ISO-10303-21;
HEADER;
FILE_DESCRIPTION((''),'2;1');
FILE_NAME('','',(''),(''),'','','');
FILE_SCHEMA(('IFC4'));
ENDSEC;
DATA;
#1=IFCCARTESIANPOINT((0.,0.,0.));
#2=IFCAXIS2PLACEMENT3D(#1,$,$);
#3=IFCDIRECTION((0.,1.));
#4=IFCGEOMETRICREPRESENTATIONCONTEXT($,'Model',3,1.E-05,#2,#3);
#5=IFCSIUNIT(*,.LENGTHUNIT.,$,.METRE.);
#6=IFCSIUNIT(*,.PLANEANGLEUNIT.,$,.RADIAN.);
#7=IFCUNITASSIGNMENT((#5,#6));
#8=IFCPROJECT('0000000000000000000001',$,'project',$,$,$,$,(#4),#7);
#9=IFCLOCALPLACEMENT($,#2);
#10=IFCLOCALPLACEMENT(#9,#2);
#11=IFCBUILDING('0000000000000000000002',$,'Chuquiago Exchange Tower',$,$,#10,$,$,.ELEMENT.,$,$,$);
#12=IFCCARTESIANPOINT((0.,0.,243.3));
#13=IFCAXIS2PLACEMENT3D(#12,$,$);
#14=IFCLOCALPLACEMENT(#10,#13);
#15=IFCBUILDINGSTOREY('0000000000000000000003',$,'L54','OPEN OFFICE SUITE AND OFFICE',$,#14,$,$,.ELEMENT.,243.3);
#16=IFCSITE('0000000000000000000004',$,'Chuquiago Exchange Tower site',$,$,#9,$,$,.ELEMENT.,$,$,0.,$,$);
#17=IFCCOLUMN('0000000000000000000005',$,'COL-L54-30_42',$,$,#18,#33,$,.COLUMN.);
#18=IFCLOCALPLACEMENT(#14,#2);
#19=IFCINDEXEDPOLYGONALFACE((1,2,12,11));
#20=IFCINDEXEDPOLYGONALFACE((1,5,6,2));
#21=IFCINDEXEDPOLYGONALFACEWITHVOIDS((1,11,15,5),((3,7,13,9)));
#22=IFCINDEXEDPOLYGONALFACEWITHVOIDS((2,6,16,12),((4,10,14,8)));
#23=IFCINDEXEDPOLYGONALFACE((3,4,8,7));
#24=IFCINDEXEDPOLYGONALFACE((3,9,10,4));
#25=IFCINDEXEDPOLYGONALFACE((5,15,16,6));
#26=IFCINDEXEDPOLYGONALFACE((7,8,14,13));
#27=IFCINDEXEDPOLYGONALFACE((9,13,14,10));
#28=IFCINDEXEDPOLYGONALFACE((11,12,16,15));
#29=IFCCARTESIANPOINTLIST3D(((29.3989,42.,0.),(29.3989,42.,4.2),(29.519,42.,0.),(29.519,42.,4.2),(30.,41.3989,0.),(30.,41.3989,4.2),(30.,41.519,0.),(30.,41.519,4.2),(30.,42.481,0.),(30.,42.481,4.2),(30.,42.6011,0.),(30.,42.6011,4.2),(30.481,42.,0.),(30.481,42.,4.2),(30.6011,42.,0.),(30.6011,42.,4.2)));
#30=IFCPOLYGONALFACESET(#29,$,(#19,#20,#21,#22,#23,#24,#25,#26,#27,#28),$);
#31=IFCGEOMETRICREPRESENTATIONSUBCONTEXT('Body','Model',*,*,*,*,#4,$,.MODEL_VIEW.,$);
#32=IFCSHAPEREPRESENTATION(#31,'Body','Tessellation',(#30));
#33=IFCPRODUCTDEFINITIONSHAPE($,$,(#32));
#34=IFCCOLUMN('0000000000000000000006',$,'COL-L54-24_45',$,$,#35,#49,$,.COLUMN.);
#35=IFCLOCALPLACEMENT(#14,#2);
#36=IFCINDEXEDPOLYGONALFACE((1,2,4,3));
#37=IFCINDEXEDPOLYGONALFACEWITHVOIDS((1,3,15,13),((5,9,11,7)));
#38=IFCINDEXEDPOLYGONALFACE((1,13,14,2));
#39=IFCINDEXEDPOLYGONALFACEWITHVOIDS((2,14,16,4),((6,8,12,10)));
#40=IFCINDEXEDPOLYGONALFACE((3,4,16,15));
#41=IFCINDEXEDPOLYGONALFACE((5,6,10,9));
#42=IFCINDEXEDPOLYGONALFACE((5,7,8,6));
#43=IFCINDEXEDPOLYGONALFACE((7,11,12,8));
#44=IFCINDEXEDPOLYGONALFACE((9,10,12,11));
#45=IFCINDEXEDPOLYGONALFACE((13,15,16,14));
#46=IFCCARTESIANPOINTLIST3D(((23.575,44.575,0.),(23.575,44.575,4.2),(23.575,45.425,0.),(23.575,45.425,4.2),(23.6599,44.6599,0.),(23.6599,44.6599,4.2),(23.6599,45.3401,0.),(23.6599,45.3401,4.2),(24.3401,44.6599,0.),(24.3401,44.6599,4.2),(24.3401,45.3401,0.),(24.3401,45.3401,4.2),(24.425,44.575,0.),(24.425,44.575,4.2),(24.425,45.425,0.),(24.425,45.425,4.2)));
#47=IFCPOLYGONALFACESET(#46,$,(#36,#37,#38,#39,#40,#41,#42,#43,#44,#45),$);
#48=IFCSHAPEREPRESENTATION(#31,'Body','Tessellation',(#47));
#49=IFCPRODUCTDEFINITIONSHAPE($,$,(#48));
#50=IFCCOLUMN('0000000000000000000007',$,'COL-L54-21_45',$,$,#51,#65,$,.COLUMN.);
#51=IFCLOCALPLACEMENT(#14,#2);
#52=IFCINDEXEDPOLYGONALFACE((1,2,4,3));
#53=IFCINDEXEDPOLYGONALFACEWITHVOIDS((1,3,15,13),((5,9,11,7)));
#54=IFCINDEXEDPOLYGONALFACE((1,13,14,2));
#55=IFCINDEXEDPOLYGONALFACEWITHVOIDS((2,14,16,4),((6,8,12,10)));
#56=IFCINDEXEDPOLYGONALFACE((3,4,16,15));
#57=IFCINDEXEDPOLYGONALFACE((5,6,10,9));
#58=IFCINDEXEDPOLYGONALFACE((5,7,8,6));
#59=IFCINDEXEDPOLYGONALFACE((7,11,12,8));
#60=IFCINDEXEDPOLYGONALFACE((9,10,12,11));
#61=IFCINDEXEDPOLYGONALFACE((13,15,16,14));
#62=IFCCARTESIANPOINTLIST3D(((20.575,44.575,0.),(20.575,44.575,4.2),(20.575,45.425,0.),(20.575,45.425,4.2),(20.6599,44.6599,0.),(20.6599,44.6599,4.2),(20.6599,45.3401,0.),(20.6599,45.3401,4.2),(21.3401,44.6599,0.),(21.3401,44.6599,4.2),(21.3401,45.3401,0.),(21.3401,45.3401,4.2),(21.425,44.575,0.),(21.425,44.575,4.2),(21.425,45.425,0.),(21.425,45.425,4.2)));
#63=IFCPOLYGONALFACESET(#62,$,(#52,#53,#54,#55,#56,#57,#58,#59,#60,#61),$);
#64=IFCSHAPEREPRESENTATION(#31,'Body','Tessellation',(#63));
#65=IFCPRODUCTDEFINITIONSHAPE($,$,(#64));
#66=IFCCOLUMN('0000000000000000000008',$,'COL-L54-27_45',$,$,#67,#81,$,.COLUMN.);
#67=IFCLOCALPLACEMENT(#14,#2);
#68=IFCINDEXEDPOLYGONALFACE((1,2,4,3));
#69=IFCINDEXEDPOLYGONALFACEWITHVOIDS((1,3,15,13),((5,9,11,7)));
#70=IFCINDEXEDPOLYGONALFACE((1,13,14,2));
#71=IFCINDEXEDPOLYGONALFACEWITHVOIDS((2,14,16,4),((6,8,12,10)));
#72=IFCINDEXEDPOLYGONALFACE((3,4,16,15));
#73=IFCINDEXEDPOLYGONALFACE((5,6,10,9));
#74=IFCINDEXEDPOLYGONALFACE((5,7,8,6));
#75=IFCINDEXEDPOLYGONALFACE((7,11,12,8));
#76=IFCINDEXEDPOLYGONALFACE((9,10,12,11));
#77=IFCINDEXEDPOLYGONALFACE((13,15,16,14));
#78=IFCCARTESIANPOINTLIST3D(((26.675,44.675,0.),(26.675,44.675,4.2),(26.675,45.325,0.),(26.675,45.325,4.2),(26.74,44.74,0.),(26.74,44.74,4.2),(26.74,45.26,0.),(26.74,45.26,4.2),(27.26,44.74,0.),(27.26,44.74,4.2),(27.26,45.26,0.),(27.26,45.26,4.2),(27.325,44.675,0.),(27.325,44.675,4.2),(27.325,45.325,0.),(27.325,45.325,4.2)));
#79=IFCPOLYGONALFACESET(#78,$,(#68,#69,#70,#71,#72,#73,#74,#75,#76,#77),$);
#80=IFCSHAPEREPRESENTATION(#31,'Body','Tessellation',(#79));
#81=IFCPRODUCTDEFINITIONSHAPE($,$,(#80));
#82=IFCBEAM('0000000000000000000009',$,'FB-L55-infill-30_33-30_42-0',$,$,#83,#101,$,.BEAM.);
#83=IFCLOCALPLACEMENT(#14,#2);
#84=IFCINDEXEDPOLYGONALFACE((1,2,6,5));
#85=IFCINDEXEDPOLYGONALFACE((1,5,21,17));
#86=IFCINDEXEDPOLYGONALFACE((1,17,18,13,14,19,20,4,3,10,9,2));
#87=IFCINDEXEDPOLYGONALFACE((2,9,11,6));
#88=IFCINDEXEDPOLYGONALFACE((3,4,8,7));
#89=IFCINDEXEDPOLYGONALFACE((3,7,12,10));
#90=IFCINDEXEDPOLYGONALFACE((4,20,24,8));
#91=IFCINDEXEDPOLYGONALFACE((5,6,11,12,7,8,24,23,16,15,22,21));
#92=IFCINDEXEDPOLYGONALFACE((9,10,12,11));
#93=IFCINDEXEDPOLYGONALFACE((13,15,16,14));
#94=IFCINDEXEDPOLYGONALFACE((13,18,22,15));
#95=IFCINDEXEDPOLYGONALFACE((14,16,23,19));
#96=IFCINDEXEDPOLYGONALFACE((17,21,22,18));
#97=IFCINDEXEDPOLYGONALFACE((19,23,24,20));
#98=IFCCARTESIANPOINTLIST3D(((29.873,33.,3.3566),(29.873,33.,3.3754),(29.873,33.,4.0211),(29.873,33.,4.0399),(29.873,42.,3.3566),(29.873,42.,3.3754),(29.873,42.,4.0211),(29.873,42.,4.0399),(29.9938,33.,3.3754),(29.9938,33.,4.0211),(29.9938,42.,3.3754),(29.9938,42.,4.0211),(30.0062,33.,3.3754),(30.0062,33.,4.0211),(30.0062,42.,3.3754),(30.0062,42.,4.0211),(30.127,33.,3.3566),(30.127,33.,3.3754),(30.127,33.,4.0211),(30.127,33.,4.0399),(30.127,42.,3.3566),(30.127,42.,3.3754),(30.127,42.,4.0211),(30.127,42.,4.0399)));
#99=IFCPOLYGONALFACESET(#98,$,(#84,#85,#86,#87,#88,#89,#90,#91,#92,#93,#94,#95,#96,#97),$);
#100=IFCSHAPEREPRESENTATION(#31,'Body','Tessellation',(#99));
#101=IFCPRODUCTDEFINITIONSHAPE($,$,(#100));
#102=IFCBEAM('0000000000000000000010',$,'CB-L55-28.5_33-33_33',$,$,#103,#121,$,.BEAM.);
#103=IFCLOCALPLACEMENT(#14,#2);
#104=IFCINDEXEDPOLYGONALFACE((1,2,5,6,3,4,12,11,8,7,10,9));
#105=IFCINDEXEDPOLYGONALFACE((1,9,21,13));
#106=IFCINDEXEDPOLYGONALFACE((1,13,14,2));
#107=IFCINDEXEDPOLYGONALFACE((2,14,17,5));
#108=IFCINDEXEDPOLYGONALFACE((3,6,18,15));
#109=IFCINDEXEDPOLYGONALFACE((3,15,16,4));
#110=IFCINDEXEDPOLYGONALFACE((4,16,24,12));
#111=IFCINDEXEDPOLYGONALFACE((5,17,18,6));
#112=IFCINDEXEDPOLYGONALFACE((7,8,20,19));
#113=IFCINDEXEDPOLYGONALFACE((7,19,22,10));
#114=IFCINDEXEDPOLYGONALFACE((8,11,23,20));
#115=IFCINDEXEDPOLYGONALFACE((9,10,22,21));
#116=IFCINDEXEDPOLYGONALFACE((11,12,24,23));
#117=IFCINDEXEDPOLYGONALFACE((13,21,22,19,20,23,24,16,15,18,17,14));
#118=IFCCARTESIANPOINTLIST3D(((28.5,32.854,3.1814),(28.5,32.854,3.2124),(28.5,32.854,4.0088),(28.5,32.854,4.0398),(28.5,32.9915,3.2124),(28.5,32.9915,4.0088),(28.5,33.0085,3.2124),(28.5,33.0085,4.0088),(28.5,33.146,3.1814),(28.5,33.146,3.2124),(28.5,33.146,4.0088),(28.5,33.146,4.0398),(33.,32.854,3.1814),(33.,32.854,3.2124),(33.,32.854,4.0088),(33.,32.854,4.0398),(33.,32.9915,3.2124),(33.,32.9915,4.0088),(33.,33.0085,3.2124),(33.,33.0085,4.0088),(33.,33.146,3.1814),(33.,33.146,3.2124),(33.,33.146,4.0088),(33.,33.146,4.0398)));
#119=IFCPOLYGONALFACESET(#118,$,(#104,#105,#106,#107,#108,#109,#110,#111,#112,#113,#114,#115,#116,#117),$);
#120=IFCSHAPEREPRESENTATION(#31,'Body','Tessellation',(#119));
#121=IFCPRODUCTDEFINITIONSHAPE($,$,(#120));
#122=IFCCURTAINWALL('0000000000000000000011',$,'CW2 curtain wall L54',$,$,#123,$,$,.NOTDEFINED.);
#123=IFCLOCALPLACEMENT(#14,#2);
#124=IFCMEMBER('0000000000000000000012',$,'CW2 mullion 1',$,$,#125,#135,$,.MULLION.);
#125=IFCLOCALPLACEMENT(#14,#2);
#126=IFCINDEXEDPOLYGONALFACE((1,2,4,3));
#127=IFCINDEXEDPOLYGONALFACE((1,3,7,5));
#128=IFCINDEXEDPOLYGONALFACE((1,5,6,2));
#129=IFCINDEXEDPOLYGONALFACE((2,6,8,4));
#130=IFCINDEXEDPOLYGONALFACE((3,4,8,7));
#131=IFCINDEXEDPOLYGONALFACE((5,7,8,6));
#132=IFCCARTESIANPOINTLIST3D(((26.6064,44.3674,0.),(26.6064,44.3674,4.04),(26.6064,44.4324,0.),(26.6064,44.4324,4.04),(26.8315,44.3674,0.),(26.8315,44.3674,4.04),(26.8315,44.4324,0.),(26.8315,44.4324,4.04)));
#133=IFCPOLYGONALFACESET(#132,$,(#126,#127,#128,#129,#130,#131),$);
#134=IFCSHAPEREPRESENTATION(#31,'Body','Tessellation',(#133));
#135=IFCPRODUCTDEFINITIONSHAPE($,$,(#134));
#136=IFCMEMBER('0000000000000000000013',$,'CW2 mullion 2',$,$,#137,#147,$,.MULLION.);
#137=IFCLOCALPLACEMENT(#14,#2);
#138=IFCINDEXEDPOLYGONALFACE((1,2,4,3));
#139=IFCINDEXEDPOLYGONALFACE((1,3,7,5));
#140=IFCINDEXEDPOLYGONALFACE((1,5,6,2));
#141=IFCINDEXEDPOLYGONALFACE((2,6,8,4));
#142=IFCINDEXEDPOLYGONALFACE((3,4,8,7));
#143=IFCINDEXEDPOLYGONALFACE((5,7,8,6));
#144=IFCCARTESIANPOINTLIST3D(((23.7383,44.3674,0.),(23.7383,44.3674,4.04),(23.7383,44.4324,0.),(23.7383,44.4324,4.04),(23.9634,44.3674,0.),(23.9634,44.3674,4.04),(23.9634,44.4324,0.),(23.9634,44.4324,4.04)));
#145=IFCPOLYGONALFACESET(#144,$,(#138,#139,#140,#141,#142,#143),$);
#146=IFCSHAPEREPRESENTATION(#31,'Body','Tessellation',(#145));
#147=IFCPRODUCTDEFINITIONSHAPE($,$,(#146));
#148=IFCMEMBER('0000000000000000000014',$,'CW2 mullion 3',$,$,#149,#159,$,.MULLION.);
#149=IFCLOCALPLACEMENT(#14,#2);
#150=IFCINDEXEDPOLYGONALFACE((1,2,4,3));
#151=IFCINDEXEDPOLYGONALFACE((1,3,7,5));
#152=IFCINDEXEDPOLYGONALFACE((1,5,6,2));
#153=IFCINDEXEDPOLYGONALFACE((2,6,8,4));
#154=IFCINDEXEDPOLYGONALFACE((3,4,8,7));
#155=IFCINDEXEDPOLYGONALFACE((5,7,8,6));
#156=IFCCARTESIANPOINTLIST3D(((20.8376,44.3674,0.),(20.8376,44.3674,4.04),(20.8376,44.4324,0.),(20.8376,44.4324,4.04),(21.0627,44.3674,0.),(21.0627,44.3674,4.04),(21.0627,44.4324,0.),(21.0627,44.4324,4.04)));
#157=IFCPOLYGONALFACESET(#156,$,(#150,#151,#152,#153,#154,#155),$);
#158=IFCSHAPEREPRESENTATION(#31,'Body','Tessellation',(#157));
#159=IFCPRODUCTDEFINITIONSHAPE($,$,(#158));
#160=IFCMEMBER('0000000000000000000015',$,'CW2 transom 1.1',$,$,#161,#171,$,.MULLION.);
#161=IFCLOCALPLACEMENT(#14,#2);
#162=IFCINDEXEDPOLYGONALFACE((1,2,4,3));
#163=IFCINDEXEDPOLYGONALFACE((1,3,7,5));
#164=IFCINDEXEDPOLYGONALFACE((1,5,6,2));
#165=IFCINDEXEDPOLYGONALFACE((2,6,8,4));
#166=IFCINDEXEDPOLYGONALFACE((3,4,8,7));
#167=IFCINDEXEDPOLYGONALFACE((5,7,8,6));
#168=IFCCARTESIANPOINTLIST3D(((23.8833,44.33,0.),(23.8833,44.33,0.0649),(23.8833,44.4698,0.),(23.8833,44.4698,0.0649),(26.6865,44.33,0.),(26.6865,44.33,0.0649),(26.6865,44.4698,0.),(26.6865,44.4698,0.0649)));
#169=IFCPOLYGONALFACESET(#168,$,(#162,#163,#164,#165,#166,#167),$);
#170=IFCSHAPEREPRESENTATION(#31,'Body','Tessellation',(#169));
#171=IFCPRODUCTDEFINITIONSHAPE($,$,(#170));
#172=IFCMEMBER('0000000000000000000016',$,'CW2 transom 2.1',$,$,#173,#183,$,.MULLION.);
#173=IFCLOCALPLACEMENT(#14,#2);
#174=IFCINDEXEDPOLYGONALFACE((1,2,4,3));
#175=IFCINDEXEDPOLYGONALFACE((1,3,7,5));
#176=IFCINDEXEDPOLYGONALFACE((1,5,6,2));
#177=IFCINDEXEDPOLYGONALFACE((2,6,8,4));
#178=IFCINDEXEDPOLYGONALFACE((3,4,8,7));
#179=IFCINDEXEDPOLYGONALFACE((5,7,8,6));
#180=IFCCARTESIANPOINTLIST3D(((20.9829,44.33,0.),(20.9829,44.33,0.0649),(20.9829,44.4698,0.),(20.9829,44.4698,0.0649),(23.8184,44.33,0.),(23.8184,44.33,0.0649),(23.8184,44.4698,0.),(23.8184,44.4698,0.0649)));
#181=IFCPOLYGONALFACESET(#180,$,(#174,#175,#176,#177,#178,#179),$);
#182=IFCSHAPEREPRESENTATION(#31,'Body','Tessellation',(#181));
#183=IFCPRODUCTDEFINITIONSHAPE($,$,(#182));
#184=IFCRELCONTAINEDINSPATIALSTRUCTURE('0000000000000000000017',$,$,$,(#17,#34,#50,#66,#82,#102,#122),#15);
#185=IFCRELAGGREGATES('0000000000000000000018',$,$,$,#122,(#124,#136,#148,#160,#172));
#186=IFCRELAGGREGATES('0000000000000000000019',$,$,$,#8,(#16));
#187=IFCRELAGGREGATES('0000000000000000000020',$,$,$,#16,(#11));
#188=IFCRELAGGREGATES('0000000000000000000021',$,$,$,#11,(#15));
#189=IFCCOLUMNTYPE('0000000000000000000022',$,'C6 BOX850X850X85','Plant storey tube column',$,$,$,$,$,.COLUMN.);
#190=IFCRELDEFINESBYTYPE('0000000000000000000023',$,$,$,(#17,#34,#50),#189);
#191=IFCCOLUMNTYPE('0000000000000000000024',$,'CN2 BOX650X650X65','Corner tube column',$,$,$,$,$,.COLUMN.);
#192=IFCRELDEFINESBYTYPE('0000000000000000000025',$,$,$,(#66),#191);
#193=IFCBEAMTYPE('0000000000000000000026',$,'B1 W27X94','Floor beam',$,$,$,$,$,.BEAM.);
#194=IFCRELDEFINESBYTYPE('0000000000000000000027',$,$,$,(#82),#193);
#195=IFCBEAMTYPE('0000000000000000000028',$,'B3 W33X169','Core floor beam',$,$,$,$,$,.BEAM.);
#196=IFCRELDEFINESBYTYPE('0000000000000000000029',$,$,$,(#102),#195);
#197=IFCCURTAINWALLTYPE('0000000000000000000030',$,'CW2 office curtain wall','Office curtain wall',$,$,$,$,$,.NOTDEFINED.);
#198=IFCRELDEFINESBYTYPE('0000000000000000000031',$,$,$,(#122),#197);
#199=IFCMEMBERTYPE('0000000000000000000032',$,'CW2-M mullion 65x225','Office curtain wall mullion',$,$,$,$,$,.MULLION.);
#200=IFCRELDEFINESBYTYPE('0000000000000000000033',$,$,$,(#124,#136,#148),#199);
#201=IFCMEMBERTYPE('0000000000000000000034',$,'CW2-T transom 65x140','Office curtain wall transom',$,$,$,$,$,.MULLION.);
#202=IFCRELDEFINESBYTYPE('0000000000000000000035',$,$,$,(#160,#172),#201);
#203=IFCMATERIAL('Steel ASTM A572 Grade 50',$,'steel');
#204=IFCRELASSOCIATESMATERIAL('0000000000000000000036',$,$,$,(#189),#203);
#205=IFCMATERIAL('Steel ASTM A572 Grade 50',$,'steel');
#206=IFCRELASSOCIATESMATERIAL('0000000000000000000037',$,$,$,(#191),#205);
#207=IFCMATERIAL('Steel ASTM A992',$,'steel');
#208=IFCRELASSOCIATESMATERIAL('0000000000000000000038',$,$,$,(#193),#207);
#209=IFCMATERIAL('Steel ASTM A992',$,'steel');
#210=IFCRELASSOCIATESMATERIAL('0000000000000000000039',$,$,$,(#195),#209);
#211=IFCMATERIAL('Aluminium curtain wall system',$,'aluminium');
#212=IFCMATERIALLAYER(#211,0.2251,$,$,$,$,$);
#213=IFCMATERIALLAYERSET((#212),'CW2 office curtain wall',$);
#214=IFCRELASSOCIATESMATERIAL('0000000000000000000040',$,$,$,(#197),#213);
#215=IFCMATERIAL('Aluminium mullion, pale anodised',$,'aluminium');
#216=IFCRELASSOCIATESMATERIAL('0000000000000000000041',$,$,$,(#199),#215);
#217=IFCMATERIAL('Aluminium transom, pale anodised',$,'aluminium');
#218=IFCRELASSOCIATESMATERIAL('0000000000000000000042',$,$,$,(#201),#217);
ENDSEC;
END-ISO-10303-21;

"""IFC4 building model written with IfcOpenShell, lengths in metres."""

from ifc_helpers import new_model, si_unit, direction, frame, origin, origin_2d, place, context, subcontext, project, spatial, rectangle, hollow_rectangle, i_section, extrude, material, layer, layer_set, material_profile, profile_set, type_object, element, aggregate, save


model = new_model("IFC4")

# Units and contexts
model_context = context("Model", 3, precision=1e-05, world=origin(), true_north=direction((0.0, 1.0)))
body_context = subcontext(model_context, "Body", "Model", "MODEL_VIEW")
ifc_project = project(units=[si_unit("LENGTHUNIT", "METRE"), si_unit("PLANEANGLEUNIT", "RADIAN")], contexts=[model_context])

# Site, building, storey
site_placement = place(None, origin())
site = spatial("IfcSite", under=ifc_project, at=site_placement, Name="Chuquiago Exchange Tower site", CompositionType="ELEMENT", RefElevation=0.0)
building_placement = place(site_placement, origin())
building = spatial("IfcBuilding", under=site, at=building_placement, Name="Chuquiago Exchange Tower", CompositionType="ELEMENT")
storey_placement = place(building_placement, frame((0.0, 0.0, 243.3)))
storey = spatial("IfcBuildingStorey", under=building, at=storey_placement, Name="L54", Description="OPEN OFFICE SUITE AND OFFICE", CompositionType="ELEMENT", Elevation=243.3)

# Columns
ifc_material_1 = material(Name="Steel ASTM A572 Grade 50", Category="steel")
ifc_material_profile_1 = material_profile(ifc_material_1, hollow_rectangle(XDim=0.8501, YDim=0.8501, WallThickness=0.085, at=origin_2d()), Name="BOX850X850X85")
ifc_profile_set_1 = profile_set([ifc_material_profile_1], Name="Steel ASTM A572 Grade 50")
column_type_1 = type_object("IfcColumnType", Name="C6 BOX850X850X85", Description="Plant storey tube column", PredefinedType="COLUMN", material=ifc_profile_set_1)
for number, where, z_axis, x_axis, name in (
    (1, (30.0, 42.0, 0.0), (0.0, 0.0, 1.0), (0.707107, 0.707107, 0.0), "COL-L54-30_42"),
    (2, (24.0, 45.0, 0.0), (0.0, 0.0, 1.0), (0.0, 1.0, 0.0), "COL-L54-24_45"),
    (3, (21.0, 45.0, 0.0), (0.0, 0.0, 1.0), (0.0, 1.0, 0.0), "COL-L54-21_45"),
):
    element("IfcColumn", number, at=place(storey_placement, frame(where, z_axis=z_axis, x_axis=x_axis)), inside=storey, type_object=column_type_1, Name=name, PredefinedType="COLUMN", context=body_context, shape_type="SweptSolid", body=[
        extrude(hollow_rectangle(XDim=0.8501, YDim=0.8501, WallThickness=0.085, at=origin_2d()), origin(), (0.0, 0.0, 1.0), 4.2),
    ])
ifc_material_2 = material(Name="Steel ASTM A572 Grade 50", Category="steel")
ifc_material_profile_2 = material_profile(ifc_material_2, hollow_rectangle(XDim=0.6499, YDim=0.6499, WallThickness=0.0649, at=origin_2d()), Name="BOX650X650X65")
ifc_profile_set_2 = profile_set([ifc_material_profile_2], Name="Steel ASTM A572 Grade 50")
column_type_2 = type_object("IfcColumnType", Name="CN2 BOX650X650X65", Description="Corner tube column", PredefinedType="COLUMN", material=ifc_profile_set_2)
column_placement = place(storey_placement, frame((27.0, 45.0, 0.0), z_axis=(0.0, 0.0, 1.0), x_axis=(0.0, 1.0, 0.0)))
element("IfcColumn", 4, at=column_placement, inside=storey, type_object=column_type_2, Name="COL-L54-27_45", PredefinedType="COLUMN", context=body_context, shape_type="SweptSolid", body=[
    extrude(hollow_rectangle(XDim=0.6499, YDim=0.6499, WallThickness=0.0649, at=origin_2d()), origin(), (0.0, 0.0, 1.0), 4.2),
])

# Beams
ifc_material_3 = material(Name="Steel ASTM A992", Category="steel")
ifc_material_profile_3 = material_profile(ifc_material_3, i_section(OverallWidth=0.2539, OverallDepth=0.6833, WebThickness=0.0125, FlangeThickness=0.0188, at=origin_2d()), Name="W27X94")
ifc_profile_set_3 = profile_set([ifc_material_profile_3], Name="Steel ASTM A992")
beam_type_1 = type_object("IfcBeamType", Name="B1 W27X94", Description="Floor beam", PredefinedType="BEAM", material=ifc_profile_set_3)
beam_1_placement = place(storey_placement, frame((30.0, 33.0, 3.6982), z_axis=(0.0, 1.0, 0.0), x_axis=(-1.0, 0.0, 0.0)))
element("IfcBeam", 5, at=beam_1_placement, inside=storey, type_object=beam_type_1, Name="FB-L55-infill-30_33-30_42-0", PredefinedType="BEAM", context=body_context, shape_type="SweptSolid", body=[
    extrude(i_section(OverallWidth=0.2539, OverallDepth=0.6833, WebThickness=0.0125, FlangeThickness=0.0188, at=origin_2d()), origin(), (0.0, 0.0, 1.0), 9.0),
])
ifc_material_4 = material(Name="Steel ASTM A992", Category="steel")
ifc_material_profile_4 = material_profile(ifc_material_4, i_section(OverallWidth=0.292, OverallDepth=0.8584, WebThickness=0.0171, FlangeThickness=0.031, at=origin_2d()), Name="W33X169")
ifc_profile_set_4 = profile_set([ifc_material_profile_4], Name="Steel ASTM A992")
beam_type_2 = type_object("IfcBeamType", Name="B3 W33X169", Description="Core floor beam", PredefinedType="BEAM", material=ifc_profile_set_4)
beam_2_placement = place(storey_placement, frame((28.5, 33.0, 3.6106), z_axis=(1.0, 0.0, 0.0), x_axis=(0.0, 1.0, 0.0)))
element("IfcBeam", 6, at=beam_2_placement, inside=storey, type_object=beam_type_2, Name="CB-L55-28.5_33-33_33", PredefinedType="BEAM", context=body_context, shape_type="SweptSolid", body=[
    extrude(i_section(OverallWidth=0.292, OverallDepth=0.8584, WebThickness=0.0171, FlangeThickness=0.031, at=origin_2d()), origin(), (0.0, 0.0, 1.0), 4.5),
])

# Curtain wall, members
ifc_material_5 = material(Name="Aluminium curtain wall system", Category="aluminium")
ifc_layer_1 = layer(ifc_material_5, 0.2251)
ifc_layer_set_1 = layer_set([ifc_layer_1], Name="CW2 office curtain wall")
curtain_wall_type_1 = type_object("IfcCurtainWallType", Name="CW2 office curtain wall", Description="Office curtain wall", PredefinedType="NOTDEFINED", material=ifc_layer_set_1)
curtain_wall_1_placement = place(storey_placement, origin())
curtain_wall_1 = element("IfcCurtainWall", 7, at=curtain_wall_1_placement, inside=storey, type_object=curtain_wall_type_1, Name="CW2 curtain wall L54", PredefinedType="NOTDEFINED")
ifc_material_6 = material(Name="Aluminium mullion, pale anodised", Category="aluminium")
ifc_material_profile_5 = material_profile(ifc_material_6, rectangle(XDim=0.0649, YDim=0.2251, at=origin_2d()), Name="AL 65x225")
ifc_profile_set_5 = profile_set([ifc_material_profile_5], Name="Aluminium mullion, pale anodised")
member_type_1 = type_object("IfcMemberType", Name="CW2-M mullion 65x225", Description="Office curtain wall mullion", PredefinedType="MULLION", material=ifc_profile_set_5)
member_1_placement = place(storey_placement, frame((26.719, 44.3999, 0.0), z_axis=(0.0, 0.0, 1.0), x_axis=(0.0, -1.0, 0.0)))
member_1 = element("IfcMember", 8, at=member_1_placement, type_object=member_type_1, Name="CW2 mullion 1", PredefinedType="MULLION", context=body_context, shape_type="SweptSolid", body=[
    extrude(rectangle(XDim=0.0649, YDim=0.2251, at=origin_2d()), origin(), (0.0, 0.0, 1.0), 4.04),
])
member_2_placement = place(storey_placement, frame((23.8508, 44.3999, 0.0), z_axis=(0.0, 0.0, 1.0), x_axis=(0.0, -1.0, 0.0)))
member_2 = element("IfcMember", 9, at=member_2_placement, type_object=member_type_1, Name="CW2 mullion 2", PredefinedType="MULLION", context=body_context, shape_type="SweptSolid", body=[
    extrude(rectangle(XDim=0.0649, YDim=0.2251, at=origin_2d()), origin(), (0.0, 0.0, 1.0), 4.04),
])
member_3_placement = place(storey_placement, frame((20.9502, 44.3999, 0.0), z_axis=(0.0, 0.0, 1.0), x_axis=(0.0, -1.0, 0.0)))
member_3 = element("IfcMember", 10, at=member_3_placement, type_object=member_type_1, Name="CW2 mullion 3", PredefinedType="MULLION", context=body_context, shape_type="SweptSolid", body=[
    extrude(rectangle(XDim=0.0649, YDim=0.2251, at=origin_2d()), origin(), (0.0, 0.0, 1.0), 4.04),
])
ifc_material_7 = material(Name="Aluminium transom, pale anodised", Category="aluminium")
ifc_material_profile_6 = material_profile(ifc_material_7, rectangle(XDim=0.1399, YDim=0.0649, at=origin_2d()), Name="AL 140x65")
ifc_profile_set_6 = profile_set([ifc_material_profile_6], Name="Aluminium transom, pale anodised")
member_type_2 = type_object("IfcMemberType", Name="CW2-T transom 65x140", Description="Office curtain wall transom", PredefinedType="MULLION", material=ifc_profile_set_6)
member_4_placement = place(storey_placement, frame((26.6865, 44.3999, 0.0325), z_axis=(-1.0, 0.0, 0.0), x_axis=(0.0, -1.0, 0.0)))
member_4 = element("IfcMember", 11, at=member_4_placement, type_object=member_type_2, Name="CW2 transom 1.1", PredefinedType="MULLION", context=body_context, shape_type="SweptSolid", body=[
    extrude(rectangle(XDim=0.1399, YDim=0.0649, at=origin_2d()), origin(), (0.0, 0.0, 1.0), 2.8032),
])
member_5_placement = place(storey_placement, frame((23.8184, 44.3999, 0.0325), z_axis=(-1.0, 0.0, 0.0), x_axis=(0.0, -1.0, 0.0)))
member_5 = element("IfcMember", 12, at=member_5_placement, type_object=member_type_2, Name="CW2 transom 2.1", PredefinedType="MULLION", context=body_context, shape_type="SweptSolid", body=[
    extrude(rectangle(XDim=0.1399, YDim=0.0649, at=origin_2d()), origin(), (0.0, 0.0, 1.0), 2.8354),
])

aggregate(curtain_wall_1, [member_1, member_2, member_3, member_4, member_5])

save(model, "model.ifc")
